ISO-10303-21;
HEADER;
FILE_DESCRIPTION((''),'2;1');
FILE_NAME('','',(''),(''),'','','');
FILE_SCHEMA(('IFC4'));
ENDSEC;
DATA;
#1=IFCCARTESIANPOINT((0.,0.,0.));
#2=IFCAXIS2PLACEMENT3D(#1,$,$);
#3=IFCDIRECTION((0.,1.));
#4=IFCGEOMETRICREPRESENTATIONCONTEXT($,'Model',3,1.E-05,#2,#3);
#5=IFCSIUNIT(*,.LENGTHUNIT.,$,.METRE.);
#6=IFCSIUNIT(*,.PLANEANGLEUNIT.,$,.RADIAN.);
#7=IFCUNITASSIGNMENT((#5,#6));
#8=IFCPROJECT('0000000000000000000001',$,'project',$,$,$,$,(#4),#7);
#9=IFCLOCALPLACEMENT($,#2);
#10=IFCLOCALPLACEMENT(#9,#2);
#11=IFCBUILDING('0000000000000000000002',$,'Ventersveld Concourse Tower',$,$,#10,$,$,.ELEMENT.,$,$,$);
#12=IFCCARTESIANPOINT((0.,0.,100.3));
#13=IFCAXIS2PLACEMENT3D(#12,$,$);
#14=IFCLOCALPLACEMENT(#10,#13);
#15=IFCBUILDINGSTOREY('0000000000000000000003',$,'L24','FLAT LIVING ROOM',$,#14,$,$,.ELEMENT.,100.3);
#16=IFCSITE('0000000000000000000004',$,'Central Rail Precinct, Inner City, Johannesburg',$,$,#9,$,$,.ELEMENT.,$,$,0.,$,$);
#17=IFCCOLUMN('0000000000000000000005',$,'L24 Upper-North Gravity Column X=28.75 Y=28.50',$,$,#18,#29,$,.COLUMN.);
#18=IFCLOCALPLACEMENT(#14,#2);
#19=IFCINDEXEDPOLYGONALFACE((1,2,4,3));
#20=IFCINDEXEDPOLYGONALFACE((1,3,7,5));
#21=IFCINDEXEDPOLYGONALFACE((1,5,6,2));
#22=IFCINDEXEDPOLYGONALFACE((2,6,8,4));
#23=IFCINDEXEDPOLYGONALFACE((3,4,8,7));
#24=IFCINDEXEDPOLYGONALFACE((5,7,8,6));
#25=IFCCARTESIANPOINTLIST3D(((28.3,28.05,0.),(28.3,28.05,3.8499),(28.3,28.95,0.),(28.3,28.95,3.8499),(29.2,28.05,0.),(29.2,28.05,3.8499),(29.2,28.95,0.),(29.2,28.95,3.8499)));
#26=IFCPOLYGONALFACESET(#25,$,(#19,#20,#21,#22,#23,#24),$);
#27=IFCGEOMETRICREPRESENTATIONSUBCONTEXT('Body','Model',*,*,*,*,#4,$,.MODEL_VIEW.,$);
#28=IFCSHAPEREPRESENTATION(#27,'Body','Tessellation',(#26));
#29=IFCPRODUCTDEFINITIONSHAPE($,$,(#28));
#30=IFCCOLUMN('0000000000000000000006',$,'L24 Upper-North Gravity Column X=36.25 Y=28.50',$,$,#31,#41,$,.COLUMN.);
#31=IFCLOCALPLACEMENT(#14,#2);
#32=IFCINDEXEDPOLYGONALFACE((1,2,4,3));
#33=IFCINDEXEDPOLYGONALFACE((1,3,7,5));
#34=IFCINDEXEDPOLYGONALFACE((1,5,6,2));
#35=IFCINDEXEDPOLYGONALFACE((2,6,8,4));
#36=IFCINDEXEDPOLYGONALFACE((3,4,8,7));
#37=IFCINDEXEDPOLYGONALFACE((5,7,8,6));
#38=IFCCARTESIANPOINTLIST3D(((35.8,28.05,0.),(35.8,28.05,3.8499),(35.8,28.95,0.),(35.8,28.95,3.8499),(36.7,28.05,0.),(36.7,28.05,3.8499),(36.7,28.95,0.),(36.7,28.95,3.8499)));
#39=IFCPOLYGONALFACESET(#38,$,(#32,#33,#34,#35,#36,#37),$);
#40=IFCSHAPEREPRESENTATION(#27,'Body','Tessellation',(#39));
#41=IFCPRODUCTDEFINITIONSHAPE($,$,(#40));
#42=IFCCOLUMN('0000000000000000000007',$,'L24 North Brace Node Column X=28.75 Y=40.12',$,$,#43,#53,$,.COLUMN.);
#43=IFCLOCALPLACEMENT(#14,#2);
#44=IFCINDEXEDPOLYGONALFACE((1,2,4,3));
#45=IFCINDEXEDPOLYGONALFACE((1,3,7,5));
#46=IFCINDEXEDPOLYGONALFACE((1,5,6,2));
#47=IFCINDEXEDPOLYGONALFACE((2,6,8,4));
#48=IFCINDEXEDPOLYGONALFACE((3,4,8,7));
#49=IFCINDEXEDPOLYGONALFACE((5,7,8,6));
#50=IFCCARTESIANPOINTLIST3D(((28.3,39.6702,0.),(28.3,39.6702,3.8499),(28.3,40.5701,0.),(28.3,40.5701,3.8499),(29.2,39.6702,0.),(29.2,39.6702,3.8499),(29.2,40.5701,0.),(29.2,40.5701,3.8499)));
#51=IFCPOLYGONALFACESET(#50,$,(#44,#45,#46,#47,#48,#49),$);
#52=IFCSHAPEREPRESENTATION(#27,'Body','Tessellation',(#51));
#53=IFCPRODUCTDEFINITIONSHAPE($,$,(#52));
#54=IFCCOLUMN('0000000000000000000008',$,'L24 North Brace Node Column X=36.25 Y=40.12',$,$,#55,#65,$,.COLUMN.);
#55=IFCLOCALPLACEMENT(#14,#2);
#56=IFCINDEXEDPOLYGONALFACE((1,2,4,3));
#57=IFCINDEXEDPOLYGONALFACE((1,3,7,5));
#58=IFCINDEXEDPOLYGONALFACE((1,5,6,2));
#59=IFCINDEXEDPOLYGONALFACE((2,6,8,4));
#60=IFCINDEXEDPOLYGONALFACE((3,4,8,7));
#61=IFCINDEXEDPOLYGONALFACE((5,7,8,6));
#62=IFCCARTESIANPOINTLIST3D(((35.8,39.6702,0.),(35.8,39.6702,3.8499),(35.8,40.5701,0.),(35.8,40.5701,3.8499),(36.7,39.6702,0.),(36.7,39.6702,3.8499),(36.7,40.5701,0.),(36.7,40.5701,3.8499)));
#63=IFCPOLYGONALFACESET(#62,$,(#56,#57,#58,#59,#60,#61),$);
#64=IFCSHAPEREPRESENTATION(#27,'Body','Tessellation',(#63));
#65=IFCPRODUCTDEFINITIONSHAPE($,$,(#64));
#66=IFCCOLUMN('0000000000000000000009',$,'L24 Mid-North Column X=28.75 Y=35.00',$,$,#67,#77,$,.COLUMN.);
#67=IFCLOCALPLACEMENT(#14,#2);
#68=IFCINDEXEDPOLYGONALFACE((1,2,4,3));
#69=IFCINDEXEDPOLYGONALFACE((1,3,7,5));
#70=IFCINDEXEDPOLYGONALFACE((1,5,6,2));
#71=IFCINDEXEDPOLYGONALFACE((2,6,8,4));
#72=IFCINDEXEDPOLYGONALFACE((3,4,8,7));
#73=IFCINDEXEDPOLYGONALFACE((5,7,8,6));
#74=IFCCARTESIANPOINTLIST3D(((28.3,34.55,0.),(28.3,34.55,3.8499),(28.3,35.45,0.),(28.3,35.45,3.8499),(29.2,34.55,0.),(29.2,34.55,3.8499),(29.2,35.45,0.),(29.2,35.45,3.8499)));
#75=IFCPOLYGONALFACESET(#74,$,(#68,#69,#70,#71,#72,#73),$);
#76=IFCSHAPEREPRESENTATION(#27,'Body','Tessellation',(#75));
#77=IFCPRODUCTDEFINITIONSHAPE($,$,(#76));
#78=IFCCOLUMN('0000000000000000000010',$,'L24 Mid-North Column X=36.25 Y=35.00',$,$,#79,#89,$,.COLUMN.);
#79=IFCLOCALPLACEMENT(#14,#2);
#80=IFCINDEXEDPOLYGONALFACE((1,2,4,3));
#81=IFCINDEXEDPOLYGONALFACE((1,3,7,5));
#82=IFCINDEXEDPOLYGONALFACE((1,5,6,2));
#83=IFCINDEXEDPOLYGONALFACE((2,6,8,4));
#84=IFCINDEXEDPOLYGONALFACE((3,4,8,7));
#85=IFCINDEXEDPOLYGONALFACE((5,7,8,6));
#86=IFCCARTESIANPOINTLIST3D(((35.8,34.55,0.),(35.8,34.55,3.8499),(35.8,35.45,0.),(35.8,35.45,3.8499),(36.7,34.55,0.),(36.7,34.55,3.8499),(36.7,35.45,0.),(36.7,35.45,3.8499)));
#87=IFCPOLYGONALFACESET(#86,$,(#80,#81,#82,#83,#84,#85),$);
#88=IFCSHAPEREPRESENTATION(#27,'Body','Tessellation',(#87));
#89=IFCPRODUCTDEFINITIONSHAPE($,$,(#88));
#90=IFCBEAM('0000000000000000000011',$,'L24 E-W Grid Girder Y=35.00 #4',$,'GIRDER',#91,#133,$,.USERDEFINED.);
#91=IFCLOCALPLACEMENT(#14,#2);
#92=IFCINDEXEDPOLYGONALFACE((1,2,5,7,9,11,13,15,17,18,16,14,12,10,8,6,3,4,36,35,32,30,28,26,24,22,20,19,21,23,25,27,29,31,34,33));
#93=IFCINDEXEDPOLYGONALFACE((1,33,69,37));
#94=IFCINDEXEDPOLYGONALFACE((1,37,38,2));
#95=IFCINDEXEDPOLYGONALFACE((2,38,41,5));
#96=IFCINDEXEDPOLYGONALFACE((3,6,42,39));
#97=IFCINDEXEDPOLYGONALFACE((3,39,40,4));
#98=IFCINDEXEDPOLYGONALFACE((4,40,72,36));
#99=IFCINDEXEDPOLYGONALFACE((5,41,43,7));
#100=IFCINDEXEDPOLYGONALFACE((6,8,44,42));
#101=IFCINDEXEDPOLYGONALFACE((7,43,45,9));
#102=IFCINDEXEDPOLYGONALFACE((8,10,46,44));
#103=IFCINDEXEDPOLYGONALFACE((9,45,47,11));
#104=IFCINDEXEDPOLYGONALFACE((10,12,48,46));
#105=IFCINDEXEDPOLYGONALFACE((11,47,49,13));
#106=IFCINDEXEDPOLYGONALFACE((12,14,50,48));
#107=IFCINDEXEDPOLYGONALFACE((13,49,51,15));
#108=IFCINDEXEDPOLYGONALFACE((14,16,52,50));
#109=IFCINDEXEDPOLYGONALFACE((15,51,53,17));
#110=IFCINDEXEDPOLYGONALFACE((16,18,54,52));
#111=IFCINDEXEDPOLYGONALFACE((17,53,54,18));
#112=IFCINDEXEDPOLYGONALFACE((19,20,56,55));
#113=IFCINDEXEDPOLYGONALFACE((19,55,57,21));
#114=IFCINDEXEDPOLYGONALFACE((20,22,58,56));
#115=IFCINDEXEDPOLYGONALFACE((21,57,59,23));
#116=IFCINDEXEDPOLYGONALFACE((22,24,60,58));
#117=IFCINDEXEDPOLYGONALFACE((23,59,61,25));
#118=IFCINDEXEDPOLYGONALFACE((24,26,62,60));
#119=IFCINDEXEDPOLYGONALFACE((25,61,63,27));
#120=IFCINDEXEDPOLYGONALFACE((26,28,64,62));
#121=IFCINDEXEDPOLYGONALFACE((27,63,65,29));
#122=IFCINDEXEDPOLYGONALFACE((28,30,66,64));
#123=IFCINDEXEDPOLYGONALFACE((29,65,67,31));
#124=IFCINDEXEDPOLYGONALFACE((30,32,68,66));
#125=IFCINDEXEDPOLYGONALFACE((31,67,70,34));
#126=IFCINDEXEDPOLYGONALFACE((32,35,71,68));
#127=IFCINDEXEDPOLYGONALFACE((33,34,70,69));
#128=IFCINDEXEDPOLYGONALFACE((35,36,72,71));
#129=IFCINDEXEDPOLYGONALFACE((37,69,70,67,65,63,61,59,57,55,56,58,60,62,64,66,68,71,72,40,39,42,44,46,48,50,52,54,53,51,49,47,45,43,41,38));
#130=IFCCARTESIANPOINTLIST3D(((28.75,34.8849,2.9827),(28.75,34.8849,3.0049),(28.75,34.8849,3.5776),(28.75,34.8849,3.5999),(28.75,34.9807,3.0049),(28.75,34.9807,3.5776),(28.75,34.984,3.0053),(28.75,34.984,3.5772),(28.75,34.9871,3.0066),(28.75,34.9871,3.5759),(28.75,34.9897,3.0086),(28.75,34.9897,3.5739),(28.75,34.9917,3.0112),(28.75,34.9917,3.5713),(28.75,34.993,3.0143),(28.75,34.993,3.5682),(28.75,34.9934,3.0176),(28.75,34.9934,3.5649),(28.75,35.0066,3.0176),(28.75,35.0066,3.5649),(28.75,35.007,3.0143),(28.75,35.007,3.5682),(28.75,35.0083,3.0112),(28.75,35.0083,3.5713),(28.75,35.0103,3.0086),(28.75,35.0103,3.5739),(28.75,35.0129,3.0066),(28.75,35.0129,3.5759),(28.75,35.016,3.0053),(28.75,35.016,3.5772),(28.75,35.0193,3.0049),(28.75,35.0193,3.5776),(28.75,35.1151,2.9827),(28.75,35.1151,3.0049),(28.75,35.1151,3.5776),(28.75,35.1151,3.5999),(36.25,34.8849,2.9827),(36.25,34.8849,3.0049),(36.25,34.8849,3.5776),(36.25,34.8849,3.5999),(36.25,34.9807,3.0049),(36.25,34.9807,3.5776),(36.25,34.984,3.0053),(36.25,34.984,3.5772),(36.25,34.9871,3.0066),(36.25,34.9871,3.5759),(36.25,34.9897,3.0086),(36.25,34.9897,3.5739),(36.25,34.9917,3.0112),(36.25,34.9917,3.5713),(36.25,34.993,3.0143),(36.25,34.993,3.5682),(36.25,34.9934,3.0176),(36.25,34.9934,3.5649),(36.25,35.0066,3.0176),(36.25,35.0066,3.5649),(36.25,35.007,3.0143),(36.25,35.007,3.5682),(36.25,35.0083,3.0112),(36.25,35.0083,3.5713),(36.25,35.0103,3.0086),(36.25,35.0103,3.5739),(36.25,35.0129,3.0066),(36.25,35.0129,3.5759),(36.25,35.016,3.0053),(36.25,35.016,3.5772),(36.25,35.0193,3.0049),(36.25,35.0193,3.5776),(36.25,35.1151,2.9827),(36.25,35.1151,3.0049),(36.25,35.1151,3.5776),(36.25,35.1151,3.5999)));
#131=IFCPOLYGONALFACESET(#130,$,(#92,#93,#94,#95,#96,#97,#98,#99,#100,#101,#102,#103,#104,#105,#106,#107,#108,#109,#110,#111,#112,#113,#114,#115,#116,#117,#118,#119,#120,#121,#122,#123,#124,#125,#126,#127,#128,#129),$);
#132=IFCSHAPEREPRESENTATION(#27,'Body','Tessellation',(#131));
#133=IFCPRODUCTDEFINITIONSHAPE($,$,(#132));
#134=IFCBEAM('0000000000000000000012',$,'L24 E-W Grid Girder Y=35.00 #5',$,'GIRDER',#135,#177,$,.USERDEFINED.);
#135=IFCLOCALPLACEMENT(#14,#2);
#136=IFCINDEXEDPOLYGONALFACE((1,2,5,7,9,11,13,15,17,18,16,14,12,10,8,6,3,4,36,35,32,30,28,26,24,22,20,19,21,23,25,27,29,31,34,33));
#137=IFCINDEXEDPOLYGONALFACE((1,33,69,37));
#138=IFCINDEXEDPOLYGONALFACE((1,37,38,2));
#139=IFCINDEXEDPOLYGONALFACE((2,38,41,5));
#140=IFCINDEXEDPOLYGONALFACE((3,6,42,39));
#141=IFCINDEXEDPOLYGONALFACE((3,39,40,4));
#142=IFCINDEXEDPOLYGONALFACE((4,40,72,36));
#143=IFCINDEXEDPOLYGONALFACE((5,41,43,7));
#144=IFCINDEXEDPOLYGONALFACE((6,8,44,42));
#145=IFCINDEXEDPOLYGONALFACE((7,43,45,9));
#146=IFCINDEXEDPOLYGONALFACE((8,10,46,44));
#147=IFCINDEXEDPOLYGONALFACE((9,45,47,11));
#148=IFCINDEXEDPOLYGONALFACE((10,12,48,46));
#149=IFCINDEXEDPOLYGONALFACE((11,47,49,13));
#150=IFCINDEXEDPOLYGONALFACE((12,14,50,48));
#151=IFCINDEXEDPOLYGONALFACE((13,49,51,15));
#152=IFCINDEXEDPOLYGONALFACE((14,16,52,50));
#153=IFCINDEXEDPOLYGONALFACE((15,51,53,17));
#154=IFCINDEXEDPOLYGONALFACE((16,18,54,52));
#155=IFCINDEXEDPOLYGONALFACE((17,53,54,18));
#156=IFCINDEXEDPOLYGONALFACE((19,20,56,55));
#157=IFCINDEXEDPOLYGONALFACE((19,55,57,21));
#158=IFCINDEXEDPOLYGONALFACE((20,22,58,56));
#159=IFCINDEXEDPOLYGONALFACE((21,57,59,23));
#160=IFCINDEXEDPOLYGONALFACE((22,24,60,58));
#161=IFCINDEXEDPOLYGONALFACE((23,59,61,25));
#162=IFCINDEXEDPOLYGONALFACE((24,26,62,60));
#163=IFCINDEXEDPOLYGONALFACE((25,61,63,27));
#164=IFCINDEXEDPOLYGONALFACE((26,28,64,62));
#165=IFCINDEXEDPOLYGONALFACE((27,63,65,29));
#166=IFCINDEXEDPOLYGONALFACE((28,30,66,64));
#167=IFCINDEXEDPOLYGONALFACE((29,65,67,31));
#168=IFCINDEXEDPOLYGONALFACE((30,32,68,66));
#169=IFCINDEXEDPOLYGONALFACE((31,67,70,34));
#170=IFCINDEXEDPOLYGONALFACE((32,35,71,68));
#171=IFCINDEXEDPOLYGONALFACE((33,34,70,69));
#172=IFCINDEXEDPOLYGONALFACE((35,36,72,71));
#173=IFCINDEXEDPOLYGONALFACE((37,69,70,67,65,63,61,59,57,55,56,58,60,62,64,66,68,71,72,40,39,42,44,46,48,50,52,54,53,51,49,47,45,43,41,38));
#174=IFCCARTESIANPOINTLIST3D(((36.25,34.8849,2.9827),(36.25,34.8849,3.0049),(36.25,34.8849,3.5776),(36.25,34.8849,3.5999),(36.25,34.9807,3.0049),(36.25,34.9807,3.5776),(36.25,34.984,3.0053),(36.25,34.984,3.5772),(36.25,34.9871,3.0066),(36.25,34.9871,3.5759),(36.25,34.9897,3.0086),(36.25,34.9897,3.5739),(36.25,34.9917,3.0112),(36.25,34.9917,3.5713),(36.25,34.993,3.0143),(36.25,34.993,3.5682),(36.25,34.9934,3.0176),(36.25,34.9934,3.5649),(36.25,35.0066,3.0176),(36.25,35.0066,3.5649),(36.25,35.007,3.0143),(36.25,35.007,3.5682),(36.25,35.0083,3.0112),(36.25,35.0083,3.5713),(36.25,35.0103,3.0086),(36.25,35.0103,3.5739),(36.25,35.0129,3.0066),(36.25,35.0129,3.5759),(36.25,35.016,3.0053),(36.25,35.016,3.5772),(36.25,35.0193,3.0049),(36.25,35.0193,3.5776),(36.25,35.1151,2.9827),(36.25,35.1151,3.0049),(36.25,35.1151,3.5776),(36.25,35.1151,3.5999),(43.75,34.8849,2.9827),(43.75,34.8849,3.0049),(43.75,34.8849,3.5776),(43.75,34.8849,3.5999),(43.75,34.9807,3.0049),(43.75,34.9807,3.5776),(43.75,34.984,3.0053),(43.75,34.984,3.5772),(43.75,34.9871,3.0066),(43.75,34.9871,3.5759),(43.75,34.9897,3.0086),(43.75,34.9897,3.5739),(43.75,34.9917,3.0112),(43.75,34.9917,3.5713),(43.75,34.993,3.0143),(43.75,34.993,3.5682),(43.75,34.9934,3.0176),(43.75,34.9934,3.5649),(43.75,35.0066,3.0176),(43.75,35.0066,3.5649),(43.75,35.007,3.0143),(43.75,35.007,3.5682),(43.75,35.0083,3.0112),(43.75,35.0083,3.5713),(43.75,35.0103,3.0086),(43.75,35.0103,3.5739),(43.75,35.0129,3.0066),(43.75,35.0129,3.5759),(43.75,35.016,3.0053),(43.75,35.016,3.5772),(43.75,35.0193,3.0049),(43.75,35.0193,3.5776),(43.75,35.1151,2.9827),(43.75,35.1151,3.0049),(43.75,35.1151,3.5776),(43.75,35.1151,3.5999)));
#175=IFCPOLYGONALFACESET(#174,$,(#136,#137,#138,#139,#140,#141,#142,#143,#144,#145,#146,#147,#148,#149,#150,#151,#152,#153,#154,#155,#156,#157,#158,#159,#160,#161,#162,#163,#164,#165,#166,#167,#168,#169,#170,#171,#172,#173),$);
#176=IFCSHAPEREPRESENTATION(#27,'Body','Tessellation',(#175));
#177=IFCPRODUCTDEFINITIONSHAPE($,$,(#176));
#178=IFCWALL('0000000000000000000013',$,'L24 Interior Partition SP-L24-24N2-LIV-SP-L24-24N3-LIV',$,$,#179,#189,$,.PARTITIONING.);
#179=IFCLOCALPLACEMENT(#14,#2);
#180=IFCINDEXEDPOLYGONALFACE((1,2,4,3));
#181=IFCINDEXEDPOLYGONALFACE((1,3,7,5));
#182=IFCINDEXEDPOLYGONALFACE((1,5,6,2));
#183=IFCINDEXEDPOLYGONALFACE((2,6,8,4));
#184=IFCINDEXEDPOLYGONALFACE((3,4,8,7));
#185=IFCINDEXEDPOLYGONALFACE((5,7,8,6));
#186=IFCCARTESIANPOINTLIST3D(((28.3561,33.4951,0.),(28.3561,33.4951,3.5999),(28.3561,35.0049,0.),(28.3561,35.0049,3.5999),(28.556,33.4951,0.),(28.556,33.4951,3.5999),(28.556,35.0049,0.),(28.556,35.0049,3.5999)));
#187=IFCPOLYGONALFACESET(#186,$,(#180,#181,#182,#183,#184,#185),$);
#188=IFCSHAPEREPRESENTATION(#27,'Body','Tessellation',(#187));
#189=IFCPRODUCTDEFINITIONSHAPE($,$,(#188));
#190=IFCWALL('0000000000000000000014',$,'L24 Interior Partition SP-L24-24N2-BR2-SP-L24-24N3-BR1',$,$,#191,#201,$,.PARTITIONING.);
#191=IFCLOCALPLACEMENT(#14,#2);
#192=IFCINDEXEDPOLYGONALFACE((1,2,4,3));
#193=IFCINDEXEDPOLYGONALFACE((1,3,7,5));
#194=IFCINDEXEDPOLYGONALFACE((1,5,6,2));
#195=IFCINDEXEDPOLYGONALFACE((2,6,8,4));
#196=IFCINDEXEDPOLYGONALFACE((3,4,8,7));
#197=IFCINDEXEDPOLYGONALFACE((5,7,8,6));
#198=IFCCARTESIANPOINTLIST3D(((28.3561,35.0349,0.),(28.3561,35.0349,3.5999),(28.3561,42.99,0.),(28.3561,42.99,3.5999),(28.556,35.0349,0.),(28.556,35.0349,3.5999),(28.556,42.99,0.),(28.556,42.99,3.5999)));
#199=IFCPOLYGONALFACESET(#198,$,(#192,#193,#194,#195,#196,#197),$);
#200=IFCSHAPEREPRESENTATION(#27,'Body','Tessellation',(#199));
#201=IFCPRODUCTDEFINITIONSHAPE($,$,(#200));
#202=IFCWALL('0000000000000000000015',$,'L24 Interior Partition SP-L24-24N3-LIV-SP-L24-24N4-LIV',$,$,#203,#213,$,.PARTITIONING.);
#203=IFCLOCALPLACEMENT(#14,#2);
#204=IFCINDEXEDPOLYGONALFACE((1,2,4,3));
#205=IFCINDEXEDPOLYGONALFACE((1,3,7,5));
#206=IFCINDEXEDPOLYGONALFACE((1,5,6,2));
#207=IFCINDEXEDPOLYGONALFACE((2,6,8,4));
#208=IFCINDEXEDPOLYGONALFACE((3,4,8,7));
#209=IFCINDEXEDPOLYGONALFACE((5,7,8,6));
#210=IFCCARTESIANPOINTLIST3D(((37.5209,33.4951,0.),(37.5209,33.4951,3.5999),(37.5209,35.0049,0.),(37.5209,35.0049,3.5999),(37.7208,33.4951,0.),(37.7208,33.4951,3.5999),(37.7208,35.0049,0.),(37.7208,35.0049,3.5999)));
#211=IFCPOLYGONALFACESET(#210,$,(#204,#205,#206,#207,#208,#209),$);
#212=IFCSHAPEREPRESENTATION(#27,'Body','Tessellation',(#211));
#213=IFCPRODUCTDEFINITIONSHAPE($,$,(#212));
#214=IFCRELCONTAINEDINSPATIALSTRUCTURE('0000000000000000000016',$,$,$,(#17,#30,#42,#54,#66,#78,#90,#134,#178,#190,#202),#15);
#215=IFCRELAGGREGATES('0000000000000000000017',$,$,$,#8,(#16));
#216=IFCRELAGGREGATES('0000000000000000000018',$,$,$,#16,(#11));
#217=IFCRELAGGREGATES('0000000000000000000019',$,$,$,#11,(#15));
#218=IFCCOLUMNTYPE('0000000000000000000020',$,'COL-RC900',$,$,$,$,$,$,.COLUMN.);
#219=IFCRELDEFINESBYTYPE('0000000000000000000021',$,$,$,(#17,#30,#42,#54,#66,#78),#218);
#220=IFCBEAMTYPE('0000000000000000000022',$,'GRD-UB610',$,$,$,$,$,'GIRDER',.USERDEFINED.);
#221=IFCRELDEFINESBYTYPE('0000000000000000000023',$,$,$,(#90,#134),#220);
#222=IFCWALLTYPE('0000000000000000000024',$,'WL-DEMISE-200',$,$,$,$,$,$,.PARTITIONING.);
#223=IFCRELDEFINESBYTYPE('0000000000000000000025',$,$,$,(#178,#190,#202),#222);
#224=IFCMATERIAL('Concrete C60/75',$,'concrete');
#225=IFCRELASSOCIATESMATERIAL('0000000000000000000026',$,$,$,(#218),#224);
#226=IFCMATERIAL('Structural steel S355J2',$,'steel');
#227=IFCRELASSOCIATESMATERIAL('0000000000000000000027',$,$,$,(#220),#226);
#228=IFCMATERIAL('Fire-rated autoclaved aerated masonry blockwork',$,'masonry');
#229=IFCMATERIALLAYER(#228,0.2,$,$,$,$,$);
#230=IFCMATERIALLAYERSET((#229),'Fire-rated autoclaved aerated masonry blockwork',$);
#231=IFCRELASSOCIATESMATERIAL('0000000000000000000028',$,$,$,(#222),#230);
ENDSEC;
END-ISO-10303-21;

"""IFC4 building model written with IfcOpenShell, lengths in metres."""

from ifc_helpers import new_model, si_unit, direction, frame, frame_2d, origin, origin_2d, place, context, subcontext, project, spatial, rectangle, i_section, extrude, material, layer, layer_set, material_profile, profile_set, type_object, element, save


model = new_model("IFC4")

# Units and contexts
model_context = context("Model", 3, precision=1e-05, world=origin(), true_north=direction((0.0, 1.0)))
body_context = subcontext(model_context, "Body", "Model", "MODEL_VIEW")
ifc_project = project(units=[si_unit("LENGTHUNIT", "METRE"), si_unit("PLANEANGLEUNIT", "RADIAN")], contexts=[model_context])

# Site, building, storey
site_placement = place(None, origin())
site = spatial("IfcSite", under=ifc_project, at=site_placement, Name="Central Rail Precinct, Inner City, Johannesburg", CompositionType="ELEMENT", RefElevation=0.0)
building_placement = place(site_placement, origin())
building = spatial("IfcBuilding", under=site, at=building_placement, Name="Ventersveld Concourse Tower", CompositionType="ELEMENT")
storey_placement = place(building_placement, frame((0.0, 0.0, 100.3)))
storey = spatial("IfcBuildingStorey", under=building, at=storey_placement, Name="L24", Description="FLAT LIVING ROOM", CompositionType="ELEMENT", Elevation=100.3)

# Columns
ifc_material_1 = material(Name="Concrete C60/75", Category="concrete")
ifc_material_profile_1 = material_profile(ifc_material_1, rectangle(XDim=0.8999, YDim=0.8999, at=origin_2d()), Name="RC 900x900")
ifc_profile_set_1 = profile_set([ifc_material_profile_1], Name="Concrete C60/75")
column_type = type_object("IfcColumnType", Name="COL-RC900", PredefinedType="COLUMN", material=ifc_profile_set_1)
for number, where, z_axis, x_axis, name in (
    (1, (28.75, 28.5, 0.0), (0.0, 0.0, 1.0), (1.0, 0.0, 0.0), "L24 Upper-North Gravity Column X=28.75 Y=28.50"),
    (2, (36.25, 28.5, 0.0), (0.0, 0.0, 1.0), (1.0, 0.0, 0.0), "L24 Upper-North Gravity Column X=36.25 Y=28.50"),
    (3, (28.75, 40.1201, 0.0), (0.0, 0.0, 1.0), (1.0, 0.0, 0.0), "L24 North Brace Node Column X=28.75 Y=40.12"),
    (4, (36.25, 40.1201, 0.0), (0.0, 0.0, 1.0), (1.0, 0.0, 0.0), "L24 North Brace Node Column X=36.25 Y=40.12"),
    (5, (28.75, 35.0, 0.0), (0.0, 0.0, 1.0), (1.0, 0.0, 0.0), "L24 Mid-North Column X=28.75 Y=35.00"),
    (6, (36.25, 35.0, 0.0), (0.0, 0.0, 1.0), (1.0, 0.0, 0.0), "L24 Mid-North Column X=36.25 Y=35.00"),
):
    element("IfcColumn", number, at=place(storey_placement, frame(where, z_axis=z_axis, x_axis=x_axis)), inside=storey, type_object=column_type, Name=name, PredefinedType="COLUMN", context=body_context, shape_type="SweptSolid", body=[
        extrude(rectangle(XDim=0.8999, YDim=0.8999, at=origin_2d()), origin(), (0.0, 0.0, 1.0), 3.8499),
    ])

# Beams
ifc_material_2 = material(Name="Structural steel S355J2", Category="steel")
ifc_material_profile_2 = material_profile(ifc_material_2, i_section(OverallWidth=0.2302, OverallDepth=0.6172, WebThickness=0.0132, FlangeThickness=0.0222, FilletRadius=0.0127, at=origin_2d()), Name="UB 610x229x140")
ifc_profile_set_2 = profile_set([ifc_material_profile_2], Name="Structural steel S355J2")
beam_type = type_object("IfcBeamType", Name="GRD-UB610", ElementType="GIRDER", PredefinedType="USERDEFINED", material=ifc_profile_set_2)
for number, where, z_axis, x_axis, name in (
    (7, (28.75, 35.0, 3.2913), (1.0, 0.0, 0.0), (0.0, 1.0, 0.0), "L24 E-W Grid Girder Y=35.00 #4"),
    (8, (36.25, 35.0, 3.2913), (1.0, 0.0, 0.0), (0.0, 1.0, 0.0), "L24 E-W Grid Girder Y=35.00 #5"),
):
    element("IfcBeam", number, at=place(storey_placement, frame(where, z_axis=z_axis, x_axis=x_axis)), inside=storey, type_object=beam_type, Name=name, ObjectType="GIRDER", PredefinedType="USERDEFINED", context=body_context, shape_type="SweptSolid", body=[
        extrude(i_section(OverallWidth=0.2302, OverallDepth=0.6172, WebThickness=0.0132, FlangeThickness=0.0222, FilletRadius=0.0127, at=origin_2d()), origin(), (0.0, 0.0, 1.0), 7.5),
    ])

# Walls
ifc_material_3 = material(Name="Fire-rated autoclaved aerated masonry blockwork", Category="masonry")
ifc_layer_1 = layer(ifc_material_3, 0.2)
ifc_layer_set_1 = layer_set([ifc_layer_1], Name="Fire-rated autoclaved aerated masonry blockwork")
wall_type_1 = type_object("IfcWallType", Name="WL-DEMISE-200", PredefinedType="PARTITIONING", material=ifc_layer_set_1)
wall_1_placement = place(storey_placement, frame((28.4561, 33.4951, 0.0), z_axis=(0.0, 0.0, 1.0), x_axis=(0.0, 1.0, 0.0)))
element("IfcWall", 9, at=wall_1_placement, inside=storey, type_object=wall_type_1, Name="L24 Interior Partition SP-L24-24N2-LIV-SP-L24-24N3-LIV", PredefinedType="PARTITIONING", context=body_context, shape_type="SweptSolid", body=[
    extrude(rectangle(XDim=1.5098, YDim=0.2, at=frame_2d((0.7549, 0.0))), origin(), (0.0, 0.0, 1.0), 3.5999),
])
wall_2_placement = place(storey_placement, frame((28.4561, 35.0349, 0.0), z_axis=(0.0, 0.0, 1.0), x_axis=(0.0, 1.0, 0.0)))
element("IfcWall", 10, at=wall_2_placement, inside=storey, type_object=wall_type_1, Name="L24 Interior Partition SP-L24-24N2-BR2-SP-L24-24N3-BR1", PredefinedType="PARTITIONING", context=body_context, shape_type="SweptSolid", body=[
    extrude(rectangle(XDim=7.9551, YDim=0.2, at=frame_2d((3.9775, 0.0))), origin(), (0.0, 0.0, 1.0), 3.5999),
])
wall_3_placement = place(storey_placement, frame((37.6208, 33.4951, 0.0), z_axis=(0.0, 0.0, 1.0), x_axis=(0.0, 1.0, 0.0)))
element("IfcWall", 11, at=wall_3_placement, inside=storey, type_object=wall_type_1, Name="L24 Interior Partition SP-L24-24N3-LIV-SP-L24-24N4-LIV", PredefinedType="PARTITIONING", context=body_context, shape_type="SweptSolid", body=[
    extrude(rectangle(XDim=1.5098, YDim=0.2, at=frame_2d((0.7549, 0.0))), origin(), (0.0, 0.0, 1.0), 3.5999),
])

save(model, "model.ifc")
